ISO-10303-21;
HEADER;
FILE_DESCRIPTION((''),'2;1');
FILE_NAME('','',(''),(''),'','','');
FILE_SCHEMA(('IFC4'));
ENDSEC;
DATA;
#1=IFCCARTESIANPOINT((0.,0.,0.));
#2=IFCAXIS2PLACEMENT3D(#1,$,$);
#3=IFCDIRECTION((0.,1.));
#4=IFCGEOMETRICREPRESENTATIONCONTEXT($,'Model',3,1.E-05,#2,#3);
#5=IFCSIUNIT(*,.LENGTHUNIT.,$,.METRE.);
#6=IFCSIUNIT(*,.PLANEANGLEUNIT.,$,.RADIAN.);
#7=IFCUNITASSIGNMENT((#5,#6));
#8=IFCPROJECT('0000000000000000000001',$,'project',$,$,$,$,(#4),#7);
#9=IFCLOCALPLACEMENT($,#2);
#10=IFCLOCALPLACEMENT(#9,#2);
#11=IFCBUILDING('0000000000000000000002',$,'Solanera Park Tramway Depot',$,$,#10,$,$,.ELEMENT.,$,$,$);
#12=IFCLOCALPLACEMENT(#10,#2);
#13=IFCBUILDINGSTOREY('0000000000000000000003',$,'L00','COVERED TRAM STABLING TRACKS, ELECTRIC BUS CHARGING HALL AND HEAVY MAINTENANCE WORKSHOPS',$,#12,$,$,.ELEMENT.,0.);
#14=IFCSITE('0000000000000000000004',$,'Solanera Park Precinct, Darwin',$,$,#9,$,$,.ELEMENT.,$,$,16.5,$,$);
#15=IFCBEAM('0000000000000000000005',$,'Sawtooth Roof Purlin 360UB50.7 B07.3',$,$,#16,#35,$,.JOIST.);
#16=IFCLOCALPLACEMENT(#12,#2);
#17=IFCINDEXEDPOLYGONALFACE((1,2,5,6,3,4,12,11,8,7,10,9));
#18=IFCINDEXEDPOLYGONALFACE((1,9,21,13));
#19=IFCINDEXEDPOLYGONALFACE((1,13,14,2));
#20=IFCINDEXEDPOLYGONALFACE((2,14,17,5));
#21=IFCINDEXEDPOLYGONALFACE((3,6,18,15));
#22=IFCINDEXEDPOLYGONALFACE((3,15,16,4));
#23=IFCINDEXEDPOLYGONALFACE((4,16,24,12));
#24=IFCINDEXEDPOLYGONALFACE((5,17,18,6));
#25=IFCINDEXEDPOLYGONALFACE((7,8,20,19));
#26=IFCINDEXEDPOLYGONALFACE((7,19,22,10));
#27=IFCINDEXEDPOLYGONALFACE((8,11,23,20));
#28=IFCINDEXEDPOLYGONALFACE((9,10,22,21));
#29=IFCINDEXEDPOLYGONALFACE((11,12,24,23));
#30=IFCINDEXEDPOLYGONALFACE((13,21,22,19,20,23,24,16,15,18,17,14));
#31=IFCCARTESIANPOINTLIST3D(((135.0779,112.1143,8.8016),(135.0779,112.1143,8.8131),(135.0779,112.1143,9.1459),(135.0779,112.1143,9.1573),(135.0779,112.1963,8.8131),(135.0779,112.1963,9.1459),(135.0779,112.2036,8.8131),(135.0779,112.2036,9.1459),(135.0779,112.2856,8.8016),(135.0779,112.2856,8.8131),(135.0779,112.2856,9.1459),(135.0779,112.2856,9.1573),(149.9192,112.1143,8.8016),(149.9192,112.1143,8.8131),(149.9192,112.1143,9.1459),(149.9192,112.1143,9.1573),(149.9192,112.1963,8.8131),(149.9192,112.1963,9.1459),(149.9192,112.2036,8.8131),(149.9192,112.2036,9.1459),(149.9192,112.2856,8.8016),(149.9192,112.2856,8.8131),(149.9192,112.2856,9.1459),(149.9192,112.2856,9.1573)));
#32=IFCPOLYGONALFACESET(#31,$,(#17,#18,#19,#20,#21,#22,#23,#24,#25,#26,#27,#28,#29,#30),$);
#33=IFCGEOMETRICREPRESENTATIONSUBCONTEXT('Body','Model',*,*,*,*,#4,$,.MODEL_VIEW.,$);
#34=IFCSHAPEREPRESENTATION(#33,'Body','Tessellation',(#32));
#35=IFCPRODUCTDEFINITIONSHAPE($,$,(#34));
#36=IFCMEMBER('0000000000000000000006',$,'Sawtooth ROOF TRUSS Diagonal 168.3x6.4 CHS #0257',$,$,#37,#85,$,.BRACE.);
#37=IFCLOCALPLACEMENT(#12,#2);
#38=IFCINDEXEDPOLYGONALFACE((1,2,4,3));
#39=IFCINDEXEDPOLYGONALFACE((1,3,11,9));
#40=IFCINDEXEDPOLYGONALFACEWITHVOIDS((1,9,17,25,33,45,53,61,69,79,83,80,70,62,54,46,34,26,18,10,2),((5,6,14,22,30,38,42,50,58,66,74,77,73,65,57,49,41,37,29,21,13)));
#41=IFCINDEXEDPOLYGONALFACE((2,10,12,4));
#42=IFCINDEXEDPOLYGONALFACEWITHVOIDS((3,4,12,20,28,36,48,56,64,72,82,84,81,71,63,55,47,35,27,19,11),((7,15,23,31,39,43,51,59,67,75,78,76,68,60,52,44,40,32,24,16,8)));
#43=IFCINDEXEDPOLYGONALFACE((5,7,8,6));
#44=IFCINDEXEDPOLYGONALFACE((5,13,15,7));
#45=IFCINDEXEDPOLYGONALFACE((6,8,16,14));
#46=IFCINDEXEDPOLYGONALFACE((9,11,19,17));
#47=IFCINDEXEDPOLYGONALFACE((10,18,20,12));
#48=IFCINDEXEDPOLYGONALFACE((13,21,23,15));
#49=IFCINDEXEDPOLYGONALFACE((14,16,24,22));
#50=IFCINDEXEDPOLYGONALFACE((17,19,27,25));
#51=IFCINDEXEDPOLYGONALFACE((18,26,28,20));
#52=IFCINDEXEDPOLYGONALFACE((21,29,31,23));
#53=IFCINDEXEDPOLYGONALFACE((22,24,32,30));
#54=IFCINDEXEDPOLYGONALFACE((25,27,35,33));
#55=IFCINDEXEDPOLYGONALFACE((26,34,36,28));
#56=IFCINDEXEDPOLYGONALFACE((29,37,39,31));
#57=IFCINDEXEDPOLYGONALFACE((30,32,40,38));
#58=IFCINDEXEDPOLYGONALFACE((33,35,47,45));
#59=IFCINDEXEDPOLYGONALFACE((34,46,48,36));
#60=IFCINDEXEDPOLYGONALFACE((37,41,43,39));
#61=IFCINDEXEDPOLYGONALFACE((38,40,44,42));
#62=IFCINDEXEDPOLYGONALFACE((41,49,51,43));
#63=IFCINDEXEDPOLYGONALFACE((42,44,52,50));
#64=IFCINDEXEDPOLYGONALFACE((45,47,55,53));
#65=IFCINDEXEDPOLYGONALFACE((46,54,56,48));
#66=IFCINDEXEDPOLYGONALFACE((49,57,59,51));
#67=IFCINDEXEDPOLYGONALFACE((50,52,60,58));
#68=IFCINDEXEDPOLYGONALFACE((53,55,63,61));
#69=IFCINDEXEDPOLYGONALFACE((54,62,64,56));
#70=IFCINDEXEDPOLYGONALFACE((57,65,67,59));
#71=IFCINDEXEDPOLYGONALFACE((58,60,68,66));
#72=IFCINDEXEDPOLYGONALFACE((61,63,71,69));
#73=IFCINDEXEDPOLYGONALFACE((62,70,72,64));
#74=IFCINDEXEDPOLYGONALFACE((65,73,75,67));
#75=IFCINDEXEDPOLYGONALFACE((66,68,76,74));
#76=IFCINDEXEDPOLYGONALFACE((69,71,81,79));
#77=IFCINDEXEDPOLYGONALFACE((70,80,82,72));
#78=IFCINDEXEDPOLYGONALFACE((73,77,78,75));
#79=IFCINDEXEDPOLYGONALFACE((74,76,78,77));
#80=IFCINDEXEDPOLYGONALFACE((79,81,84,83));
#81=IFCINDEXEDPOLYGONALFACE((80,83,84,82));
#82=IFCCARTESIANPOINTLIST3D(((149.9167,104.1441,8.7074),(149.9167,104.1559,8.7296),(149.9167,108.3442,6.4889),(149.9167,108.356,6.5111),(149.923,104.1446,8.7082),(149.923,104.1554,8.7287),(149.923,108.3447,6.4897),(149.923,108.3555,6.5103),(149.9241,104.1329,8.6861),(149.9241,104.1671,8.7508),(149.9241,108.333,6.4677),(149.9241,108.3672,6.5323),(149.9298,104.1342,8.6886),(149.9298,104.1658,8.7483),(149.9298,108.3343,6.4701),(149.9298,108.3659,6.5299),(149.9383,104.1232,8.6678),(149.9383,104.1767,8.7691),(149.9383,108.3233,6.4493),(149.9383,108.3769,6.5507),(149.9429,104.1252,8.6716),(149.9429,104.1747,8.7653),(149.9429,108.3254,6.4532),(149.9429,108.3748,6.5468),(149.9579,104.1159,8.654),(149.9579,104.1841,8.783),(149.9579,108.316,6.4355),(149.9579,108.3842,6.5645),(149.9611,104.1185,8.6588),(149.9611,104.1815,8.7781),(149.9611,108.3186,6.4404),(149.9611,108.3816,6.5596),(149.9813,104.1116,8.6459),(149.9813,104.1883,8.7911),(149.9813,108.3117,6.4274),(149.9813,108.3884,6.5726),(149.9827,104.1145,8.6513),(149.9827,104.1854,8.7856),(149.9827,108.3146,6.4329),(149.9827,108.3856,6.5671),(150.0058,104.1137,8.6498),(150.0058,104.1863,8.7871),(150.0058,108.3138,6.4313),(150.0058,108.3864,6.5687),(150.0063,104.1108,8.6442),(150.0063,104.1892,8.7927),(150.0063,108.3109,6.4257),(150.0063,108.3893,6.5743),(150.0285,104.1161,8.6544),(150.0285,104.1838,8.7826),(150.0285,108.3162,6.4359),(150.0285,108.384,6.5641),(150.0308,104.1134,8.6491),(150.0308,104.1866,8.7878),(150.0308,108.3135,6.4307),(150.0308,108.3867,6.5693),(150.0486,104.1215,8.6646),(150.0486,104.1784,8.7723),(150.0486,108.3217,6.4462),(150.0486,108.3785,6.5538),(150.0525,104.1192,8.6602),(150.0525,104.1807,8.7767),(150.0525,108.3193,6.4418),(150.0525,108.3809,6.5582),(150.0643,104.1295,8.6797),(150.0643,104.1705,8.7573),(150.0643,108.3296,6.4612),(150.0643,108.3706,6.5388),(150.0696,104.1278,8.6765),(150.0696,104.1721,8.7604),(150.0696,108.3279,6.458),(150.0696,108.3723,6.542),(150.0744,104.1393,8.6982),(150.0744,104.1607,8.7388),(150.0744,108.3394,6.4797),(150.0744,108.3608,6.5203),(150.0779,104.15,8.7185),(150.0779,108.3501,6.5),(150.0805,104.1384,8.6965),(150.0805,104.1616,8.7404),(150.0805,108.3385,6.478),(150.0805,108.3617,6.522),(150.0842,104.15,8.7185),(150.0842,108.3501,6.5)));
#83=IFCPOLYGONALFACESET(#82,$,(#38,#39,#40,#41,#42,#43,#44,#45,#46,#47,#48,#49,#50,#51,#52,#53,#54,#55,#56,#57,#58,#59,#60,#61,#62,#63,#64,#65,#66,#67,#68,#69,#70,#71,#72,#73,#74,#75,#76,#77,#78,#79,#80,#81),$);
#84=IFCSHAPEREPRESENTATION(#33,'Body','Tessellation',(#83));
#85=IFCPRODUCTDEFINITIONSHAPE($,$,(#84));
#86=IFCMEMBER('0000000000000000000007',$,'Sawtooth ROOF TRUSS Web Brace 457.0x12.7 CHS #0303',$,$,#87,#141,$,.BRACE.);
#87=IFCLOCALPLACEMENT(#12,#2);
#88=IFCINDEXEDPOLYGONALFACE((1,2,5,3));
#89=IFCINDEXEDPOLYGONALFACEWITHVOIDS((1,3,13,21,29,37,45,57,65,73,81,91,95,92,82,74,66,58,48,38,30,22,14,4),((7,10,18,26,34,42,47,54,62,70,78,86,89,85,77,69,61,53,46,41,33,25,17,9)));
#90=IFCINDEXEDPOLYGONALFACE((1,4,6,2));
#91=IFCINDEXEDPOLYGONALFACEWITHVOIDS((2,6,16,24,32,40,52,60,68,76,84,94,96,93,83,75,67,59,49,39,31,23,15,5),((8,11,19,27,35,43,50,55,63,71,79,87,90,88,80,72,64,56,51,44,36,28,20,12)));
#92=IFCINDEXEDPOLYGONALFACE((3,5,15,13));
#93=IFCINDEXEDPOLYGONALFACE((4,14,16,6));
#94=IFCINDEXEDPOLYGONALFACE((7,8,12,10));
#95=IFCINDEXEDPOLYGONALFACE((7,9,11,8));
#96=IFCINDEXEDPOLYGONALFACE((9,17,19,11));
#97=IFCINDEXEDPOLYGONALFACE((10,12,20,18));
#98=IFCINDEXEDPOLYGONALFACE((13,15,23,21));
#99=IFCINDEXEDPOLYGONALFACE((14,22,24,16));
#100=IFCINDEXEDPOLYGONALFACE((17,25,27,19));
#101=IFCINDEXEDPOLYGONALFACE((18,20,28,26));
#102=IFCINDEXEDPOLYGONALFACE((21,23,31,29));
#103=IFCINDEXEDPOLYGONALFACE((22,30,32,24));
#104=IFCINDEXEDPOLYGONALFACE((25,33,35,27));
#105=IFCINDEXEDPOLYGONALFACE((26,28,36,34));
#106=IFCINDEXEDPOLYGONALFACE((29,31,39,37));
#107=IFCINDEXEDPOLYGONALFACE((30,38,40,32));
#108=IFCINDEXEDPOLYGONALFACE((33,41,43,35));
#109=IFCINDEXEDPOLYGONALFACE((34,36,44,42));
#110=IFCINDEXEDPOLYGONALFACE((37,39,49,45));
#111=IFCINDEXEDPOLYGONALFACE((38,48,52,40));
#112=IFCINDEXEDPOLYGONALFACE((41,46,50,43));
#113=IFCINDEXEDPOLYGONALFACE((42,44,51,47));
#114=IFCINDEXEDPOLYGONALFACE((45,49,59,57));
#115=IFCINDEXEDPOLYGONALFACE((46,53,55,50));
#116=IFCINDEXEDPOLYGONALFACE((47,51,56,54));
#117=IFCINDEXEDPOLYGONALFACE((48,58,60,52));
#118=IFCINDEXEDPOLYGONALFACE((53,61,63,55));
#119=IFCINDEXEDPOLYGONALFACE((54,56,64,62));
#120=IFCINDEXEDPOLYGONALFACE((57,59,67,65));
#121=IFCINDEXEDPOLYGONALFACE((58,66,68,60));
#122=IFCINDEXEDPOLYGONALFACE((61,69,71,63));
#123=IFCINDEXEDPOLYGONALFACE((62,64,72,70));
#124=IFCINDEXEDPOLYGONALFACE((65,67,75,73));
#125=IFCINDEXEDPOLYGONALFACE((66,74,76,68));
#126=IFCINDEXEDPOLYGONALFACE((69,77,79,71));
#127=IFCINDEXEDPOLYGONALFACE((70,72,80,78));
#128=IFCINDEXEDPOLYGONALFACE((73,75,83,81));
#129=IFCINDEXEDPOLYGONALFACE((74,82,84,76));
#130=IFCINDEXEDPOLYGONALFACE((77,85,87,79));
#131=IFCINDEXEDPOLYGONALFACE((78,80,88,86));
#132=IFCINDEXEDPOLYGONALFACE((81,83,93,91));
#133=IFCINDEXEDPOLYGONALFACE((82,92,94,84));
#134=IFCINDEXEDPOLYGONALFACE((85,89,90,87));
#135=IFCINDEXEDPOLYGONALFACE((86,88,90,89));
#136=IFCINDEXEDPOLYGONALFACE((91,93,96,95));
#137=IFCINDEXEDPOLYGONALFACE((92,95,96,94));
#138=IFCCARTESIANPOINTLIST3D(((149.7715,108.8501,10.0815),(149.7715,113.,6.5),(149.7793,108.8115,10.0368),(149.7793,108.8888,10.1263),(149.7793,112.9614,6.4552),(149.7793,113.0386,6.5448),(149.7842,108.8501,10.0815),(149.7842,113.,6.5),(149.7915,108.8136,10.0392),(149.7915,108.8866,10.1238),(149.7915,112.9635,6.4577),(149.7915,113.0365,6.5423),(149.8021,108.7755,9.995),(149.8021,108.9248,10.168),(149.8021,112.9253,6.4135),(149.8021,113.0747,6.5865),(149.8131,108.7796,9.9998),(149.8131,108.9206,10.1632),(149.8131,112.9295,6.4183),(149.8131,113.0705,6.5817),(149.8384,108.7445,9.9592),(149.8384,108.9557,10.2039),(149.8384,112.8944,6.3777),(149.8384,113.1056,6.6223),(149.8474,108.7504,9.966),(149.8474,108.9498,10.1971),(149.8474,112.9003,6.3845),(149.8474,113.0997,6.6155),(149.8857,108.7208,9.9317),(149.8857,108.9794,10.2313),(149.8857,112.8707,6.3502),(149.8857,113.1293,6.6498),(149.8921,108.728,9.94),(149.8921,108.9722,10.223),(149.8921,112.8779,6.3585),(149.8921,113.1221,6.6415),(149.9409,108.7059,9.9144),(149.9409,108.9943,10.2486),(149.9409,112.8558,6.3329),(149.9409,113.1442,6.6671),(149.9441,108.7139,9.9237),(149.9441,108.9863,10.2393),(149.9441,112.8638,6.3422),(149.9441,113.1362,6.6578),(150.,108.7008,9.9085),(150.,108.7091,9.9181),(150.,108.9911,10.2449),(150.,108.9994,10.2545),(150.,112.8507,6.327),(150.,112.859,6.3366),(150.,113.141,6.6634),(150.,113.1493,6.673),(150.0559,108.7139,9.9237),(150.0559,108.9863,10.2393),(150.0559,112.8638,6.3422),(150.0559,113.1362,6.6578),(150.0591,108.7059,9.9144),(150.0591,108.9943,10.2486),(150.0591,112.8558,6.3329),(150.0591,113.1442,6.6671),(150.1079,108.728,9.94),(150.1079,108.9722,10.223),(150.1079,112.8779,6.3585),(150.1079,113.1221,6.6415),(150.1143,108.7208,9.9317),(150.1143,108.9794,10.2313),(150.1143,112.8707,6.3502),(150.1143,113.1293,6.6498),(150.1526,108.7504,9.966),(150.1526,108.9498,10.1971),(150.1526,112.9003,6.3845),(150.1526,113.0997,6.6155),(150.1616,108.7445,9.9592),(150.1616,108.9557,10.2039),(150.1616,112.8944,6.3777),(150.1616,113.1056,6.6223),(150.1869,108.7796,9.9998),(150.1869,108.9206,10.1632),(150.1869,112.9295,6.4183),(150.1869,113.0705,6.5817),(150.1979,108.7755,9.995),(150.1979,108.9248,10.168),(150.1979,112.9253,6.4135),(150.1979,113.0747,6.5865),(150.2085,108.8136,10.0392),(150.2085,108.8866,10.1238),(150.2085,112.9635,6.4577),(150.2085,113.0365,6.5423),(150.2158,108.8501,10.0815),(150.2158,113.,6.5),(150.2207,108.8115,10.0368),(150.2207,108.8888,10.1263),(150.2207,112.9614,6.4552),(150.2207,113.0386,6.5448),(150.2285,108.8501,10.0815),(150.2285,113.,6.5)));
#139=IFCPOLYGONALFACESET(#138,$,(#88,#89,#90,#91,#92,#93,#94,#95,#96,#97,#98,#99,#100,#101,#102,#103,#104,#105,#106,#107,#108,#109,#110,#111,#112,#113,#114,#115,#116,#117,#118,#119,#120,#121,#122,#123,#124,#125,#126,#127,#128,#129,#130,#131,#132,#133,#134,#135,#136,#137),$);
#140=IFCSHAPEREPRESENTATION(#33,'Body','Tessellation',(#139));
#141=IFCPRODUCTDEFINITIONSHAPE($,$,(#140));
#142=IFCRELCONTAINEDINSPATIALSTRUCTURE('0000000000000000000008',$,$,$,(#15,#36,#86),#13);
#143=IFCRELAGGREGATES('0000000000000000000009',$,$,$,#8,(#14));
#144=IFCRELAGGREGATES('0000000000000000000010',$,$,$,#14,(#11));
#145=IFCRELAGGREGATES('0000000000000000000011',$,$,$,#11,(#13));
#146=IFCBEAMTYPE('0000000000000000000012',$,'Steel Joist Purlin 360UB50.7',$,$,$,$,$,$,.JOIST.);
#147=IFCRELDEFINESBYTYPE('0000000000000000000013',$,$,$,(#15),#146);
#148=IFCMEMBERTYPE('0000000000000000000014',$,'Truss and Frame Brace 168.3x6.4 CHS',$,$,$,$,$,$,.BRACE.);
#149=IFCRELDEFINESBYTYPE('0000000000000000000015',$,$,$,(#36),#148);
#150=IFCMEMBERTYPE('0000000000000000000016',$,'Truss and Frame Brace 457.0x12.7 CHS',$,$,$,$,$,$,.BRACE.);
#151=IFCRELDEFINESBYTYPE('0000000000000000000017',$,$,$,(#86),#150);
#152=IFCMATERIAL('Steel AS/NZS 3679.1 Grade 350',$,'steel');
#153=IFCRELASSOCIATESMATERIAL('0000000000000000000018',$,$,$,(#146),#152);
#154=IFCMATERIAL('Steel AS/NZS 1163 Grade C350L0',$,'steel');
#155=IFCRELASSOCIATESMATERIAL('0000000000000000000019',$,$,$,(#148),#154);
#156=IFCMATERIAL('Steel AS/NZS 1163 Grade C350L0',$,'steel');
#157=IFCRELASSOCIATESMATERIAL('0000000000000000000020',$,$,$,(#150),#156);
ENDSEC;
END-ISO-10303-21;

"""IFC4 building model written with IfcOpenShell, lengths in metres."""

from ifc_helpers import new_model, si_unit, direction, frame, origin, origin_2d, place, context, subcontext, project, spatial, hollow_circle, i_section, extrude, material, material_profile, profile_set, type_object, element, save


model = new_model("IFC4")

# Units and contexts
model_context = context("Model", 3, precision=1e-05, world=origin(), true_north=direction((0.0, 1.0)))
body_context = subcontext(model_context, "Body", "Model", "MODEL_VIEW")
ifc_project = project(units=[si_unit("LENGTHUNIT", "METRE"), si_unit("PLANEANGLEUNIT", "RADIAN")], contexts=[model_context])

# Site, building, storey
site_placement = place(None, origin())
site = spatial("IfcSite", under=ifc_project, at=site_placement, Name="Solanera Park Precinct, Darwin", CompositionType="ELEMENT", RefElevation=16.5)
building_placement = place(site_placement, origin())
building = spatial("IfcBuilding", under=site, at=building_placement, Name="Solanera Park Tramway Depot", CompositionType="ELEMENT")
storey_placement = place(building_placement, origin())
storey = spatial("IfcBuildingStorey", under=building, at=storey_placement, Name="L00", Description="COVERED TRAM STABLING TRACKS, ELECTRIC BUS CHARGING HALL AND HEAVY MAINTENANCE WORKSHOPS", CompositionType="ELEMENT", Elevation=0.0)

# Beam
ifc_material_1 = material(Name="Steel AS/NZS 3679.1 Grade 350", Category="steel")
ifc_material_profile_1 = material_profile(ifc_material_1, i_section(OverallWidth=0.1714, OverallDepth=0.3557, WebThickness=0.0073, FlangeThickness=0.0115, at=origin_2d()), Name="360UB50.7")
ifc_profile_set_1 = profile_set([ifc_material_profile_1], Name="Steel AS/NZS 3679.1 Grade 350")
beam_type_1 = type_object("IfcBeamType", Name="Steel Joist Purlin 360UB50.7", PredefinedType="JOIST", material=ifc_profile_set_1)
beam_1_placement = place(storey_placement, frame((135.0779, 112.2, 8.9795), z_axis=(1.0, 0.0, 0.0), x_axis=(0.0, 1.0, 0.0)))
element("IfcBeam", 1, at=beam_1_placement, inside=storey, type_object=beam_type_1, Name="Sawtooth Roof Purlin 360UB50.7 B07.3", PredefinedType="JOIST", context=body_context, shape_type="SweptSolid", body=[
    extrude(i_section(OverallWidth=0.1714, OverallDepth=0.3557, WebThickness=0.0073, FlangeThickness=0.0115, at=origin_2d()), origin(), (0.0, 0.0, 1.0), 14.8413),
])

# Members
ifc_material_2 = material(Name="Steel AS/NZS 1163 Grade C350L0", Category="steel")
ifc_material_profile_2 = material_profile(ifc_material_2, hollow_circle(Radius=0.0842, WallThickness=0.0063, at=origin_2d()), Name="168.3x6.4 CHS")
ifc_profile_set_2 = profile_set([ifc_material_profile_2], Name="Steel AS/NZS 1163 Grade C350L0")
member_type_1 = type_object("IfcMemberType", Name="Truss and Frame Brace 168.3x6.4 CHS", PredefinedType="BRACE", material=ifc_profile_set_2)
member_1_placement = place(storey_placement, frame((150.0, 108.3501, 6.5), z_axis=(0.0, -0.884234, 0.467044), x_axis=(1.0, 0.0, 0.0)))
element("IfcMember", 2, at=member_1_placement, inside=storey, type_object=member_type_1, Name="Sawtooth ROOF TRUSS Diagonal 168.3x6.4 CHS #0257", PredefinedType="BRACE", context=body_context, shape_type="SweptSolid", body=[
    extrude(hollow_circle(Radius=0.0842, WallThickness=0.0063, at=origin_2d()), origin(), (0.0, 0.0, 1.0), 4.75),
])
ifc_material_3 = material(Name="Steel AS/NZS 1163 Grade C350L0", Category="steel")
ifc_material_profile_3 = material_profile(ifc_material_3, hollow_circle(Radius=0.2285, WallThickness=0.0127, at=origin_2d()), Name="457.0x12.7 CHS")
ifc_profile_set_3 = profile_set([ifc_material_profile_3], Name="Steel AS/NZS 1163 Grade C350L0")
member_type_2 = type_object("IfcMemberType", Name="Truss and Frame Brace 457.0x12.7 CHS", PredefinedType="BRACE", material=ifc_profile_set_3)
member_2_placement = place(storey_placement, frame((150.0, 113.0, 6.5), z_axis=(0.0, -0.757045, 0.653362), x_axis=(1.0, 0.0, 0.0)))
element("IfcMember", 3, at=member_2_placement, inside=storey, type_object=member_type_2, Name="Sawtooth ROOF TRUSS Web Brace 457.0x12.7 CHS #0303", PredefinedType="BRACE", context=body_context, shape_type="SweptSolid", body=[
    extrude(hollow_circle(Radius=0.2285, WallThickness=0.0127, at=origin_2d()), origin(), (0.0, 0.0, 1.0), 5.4817),
])

save(model, "model.ifc")
